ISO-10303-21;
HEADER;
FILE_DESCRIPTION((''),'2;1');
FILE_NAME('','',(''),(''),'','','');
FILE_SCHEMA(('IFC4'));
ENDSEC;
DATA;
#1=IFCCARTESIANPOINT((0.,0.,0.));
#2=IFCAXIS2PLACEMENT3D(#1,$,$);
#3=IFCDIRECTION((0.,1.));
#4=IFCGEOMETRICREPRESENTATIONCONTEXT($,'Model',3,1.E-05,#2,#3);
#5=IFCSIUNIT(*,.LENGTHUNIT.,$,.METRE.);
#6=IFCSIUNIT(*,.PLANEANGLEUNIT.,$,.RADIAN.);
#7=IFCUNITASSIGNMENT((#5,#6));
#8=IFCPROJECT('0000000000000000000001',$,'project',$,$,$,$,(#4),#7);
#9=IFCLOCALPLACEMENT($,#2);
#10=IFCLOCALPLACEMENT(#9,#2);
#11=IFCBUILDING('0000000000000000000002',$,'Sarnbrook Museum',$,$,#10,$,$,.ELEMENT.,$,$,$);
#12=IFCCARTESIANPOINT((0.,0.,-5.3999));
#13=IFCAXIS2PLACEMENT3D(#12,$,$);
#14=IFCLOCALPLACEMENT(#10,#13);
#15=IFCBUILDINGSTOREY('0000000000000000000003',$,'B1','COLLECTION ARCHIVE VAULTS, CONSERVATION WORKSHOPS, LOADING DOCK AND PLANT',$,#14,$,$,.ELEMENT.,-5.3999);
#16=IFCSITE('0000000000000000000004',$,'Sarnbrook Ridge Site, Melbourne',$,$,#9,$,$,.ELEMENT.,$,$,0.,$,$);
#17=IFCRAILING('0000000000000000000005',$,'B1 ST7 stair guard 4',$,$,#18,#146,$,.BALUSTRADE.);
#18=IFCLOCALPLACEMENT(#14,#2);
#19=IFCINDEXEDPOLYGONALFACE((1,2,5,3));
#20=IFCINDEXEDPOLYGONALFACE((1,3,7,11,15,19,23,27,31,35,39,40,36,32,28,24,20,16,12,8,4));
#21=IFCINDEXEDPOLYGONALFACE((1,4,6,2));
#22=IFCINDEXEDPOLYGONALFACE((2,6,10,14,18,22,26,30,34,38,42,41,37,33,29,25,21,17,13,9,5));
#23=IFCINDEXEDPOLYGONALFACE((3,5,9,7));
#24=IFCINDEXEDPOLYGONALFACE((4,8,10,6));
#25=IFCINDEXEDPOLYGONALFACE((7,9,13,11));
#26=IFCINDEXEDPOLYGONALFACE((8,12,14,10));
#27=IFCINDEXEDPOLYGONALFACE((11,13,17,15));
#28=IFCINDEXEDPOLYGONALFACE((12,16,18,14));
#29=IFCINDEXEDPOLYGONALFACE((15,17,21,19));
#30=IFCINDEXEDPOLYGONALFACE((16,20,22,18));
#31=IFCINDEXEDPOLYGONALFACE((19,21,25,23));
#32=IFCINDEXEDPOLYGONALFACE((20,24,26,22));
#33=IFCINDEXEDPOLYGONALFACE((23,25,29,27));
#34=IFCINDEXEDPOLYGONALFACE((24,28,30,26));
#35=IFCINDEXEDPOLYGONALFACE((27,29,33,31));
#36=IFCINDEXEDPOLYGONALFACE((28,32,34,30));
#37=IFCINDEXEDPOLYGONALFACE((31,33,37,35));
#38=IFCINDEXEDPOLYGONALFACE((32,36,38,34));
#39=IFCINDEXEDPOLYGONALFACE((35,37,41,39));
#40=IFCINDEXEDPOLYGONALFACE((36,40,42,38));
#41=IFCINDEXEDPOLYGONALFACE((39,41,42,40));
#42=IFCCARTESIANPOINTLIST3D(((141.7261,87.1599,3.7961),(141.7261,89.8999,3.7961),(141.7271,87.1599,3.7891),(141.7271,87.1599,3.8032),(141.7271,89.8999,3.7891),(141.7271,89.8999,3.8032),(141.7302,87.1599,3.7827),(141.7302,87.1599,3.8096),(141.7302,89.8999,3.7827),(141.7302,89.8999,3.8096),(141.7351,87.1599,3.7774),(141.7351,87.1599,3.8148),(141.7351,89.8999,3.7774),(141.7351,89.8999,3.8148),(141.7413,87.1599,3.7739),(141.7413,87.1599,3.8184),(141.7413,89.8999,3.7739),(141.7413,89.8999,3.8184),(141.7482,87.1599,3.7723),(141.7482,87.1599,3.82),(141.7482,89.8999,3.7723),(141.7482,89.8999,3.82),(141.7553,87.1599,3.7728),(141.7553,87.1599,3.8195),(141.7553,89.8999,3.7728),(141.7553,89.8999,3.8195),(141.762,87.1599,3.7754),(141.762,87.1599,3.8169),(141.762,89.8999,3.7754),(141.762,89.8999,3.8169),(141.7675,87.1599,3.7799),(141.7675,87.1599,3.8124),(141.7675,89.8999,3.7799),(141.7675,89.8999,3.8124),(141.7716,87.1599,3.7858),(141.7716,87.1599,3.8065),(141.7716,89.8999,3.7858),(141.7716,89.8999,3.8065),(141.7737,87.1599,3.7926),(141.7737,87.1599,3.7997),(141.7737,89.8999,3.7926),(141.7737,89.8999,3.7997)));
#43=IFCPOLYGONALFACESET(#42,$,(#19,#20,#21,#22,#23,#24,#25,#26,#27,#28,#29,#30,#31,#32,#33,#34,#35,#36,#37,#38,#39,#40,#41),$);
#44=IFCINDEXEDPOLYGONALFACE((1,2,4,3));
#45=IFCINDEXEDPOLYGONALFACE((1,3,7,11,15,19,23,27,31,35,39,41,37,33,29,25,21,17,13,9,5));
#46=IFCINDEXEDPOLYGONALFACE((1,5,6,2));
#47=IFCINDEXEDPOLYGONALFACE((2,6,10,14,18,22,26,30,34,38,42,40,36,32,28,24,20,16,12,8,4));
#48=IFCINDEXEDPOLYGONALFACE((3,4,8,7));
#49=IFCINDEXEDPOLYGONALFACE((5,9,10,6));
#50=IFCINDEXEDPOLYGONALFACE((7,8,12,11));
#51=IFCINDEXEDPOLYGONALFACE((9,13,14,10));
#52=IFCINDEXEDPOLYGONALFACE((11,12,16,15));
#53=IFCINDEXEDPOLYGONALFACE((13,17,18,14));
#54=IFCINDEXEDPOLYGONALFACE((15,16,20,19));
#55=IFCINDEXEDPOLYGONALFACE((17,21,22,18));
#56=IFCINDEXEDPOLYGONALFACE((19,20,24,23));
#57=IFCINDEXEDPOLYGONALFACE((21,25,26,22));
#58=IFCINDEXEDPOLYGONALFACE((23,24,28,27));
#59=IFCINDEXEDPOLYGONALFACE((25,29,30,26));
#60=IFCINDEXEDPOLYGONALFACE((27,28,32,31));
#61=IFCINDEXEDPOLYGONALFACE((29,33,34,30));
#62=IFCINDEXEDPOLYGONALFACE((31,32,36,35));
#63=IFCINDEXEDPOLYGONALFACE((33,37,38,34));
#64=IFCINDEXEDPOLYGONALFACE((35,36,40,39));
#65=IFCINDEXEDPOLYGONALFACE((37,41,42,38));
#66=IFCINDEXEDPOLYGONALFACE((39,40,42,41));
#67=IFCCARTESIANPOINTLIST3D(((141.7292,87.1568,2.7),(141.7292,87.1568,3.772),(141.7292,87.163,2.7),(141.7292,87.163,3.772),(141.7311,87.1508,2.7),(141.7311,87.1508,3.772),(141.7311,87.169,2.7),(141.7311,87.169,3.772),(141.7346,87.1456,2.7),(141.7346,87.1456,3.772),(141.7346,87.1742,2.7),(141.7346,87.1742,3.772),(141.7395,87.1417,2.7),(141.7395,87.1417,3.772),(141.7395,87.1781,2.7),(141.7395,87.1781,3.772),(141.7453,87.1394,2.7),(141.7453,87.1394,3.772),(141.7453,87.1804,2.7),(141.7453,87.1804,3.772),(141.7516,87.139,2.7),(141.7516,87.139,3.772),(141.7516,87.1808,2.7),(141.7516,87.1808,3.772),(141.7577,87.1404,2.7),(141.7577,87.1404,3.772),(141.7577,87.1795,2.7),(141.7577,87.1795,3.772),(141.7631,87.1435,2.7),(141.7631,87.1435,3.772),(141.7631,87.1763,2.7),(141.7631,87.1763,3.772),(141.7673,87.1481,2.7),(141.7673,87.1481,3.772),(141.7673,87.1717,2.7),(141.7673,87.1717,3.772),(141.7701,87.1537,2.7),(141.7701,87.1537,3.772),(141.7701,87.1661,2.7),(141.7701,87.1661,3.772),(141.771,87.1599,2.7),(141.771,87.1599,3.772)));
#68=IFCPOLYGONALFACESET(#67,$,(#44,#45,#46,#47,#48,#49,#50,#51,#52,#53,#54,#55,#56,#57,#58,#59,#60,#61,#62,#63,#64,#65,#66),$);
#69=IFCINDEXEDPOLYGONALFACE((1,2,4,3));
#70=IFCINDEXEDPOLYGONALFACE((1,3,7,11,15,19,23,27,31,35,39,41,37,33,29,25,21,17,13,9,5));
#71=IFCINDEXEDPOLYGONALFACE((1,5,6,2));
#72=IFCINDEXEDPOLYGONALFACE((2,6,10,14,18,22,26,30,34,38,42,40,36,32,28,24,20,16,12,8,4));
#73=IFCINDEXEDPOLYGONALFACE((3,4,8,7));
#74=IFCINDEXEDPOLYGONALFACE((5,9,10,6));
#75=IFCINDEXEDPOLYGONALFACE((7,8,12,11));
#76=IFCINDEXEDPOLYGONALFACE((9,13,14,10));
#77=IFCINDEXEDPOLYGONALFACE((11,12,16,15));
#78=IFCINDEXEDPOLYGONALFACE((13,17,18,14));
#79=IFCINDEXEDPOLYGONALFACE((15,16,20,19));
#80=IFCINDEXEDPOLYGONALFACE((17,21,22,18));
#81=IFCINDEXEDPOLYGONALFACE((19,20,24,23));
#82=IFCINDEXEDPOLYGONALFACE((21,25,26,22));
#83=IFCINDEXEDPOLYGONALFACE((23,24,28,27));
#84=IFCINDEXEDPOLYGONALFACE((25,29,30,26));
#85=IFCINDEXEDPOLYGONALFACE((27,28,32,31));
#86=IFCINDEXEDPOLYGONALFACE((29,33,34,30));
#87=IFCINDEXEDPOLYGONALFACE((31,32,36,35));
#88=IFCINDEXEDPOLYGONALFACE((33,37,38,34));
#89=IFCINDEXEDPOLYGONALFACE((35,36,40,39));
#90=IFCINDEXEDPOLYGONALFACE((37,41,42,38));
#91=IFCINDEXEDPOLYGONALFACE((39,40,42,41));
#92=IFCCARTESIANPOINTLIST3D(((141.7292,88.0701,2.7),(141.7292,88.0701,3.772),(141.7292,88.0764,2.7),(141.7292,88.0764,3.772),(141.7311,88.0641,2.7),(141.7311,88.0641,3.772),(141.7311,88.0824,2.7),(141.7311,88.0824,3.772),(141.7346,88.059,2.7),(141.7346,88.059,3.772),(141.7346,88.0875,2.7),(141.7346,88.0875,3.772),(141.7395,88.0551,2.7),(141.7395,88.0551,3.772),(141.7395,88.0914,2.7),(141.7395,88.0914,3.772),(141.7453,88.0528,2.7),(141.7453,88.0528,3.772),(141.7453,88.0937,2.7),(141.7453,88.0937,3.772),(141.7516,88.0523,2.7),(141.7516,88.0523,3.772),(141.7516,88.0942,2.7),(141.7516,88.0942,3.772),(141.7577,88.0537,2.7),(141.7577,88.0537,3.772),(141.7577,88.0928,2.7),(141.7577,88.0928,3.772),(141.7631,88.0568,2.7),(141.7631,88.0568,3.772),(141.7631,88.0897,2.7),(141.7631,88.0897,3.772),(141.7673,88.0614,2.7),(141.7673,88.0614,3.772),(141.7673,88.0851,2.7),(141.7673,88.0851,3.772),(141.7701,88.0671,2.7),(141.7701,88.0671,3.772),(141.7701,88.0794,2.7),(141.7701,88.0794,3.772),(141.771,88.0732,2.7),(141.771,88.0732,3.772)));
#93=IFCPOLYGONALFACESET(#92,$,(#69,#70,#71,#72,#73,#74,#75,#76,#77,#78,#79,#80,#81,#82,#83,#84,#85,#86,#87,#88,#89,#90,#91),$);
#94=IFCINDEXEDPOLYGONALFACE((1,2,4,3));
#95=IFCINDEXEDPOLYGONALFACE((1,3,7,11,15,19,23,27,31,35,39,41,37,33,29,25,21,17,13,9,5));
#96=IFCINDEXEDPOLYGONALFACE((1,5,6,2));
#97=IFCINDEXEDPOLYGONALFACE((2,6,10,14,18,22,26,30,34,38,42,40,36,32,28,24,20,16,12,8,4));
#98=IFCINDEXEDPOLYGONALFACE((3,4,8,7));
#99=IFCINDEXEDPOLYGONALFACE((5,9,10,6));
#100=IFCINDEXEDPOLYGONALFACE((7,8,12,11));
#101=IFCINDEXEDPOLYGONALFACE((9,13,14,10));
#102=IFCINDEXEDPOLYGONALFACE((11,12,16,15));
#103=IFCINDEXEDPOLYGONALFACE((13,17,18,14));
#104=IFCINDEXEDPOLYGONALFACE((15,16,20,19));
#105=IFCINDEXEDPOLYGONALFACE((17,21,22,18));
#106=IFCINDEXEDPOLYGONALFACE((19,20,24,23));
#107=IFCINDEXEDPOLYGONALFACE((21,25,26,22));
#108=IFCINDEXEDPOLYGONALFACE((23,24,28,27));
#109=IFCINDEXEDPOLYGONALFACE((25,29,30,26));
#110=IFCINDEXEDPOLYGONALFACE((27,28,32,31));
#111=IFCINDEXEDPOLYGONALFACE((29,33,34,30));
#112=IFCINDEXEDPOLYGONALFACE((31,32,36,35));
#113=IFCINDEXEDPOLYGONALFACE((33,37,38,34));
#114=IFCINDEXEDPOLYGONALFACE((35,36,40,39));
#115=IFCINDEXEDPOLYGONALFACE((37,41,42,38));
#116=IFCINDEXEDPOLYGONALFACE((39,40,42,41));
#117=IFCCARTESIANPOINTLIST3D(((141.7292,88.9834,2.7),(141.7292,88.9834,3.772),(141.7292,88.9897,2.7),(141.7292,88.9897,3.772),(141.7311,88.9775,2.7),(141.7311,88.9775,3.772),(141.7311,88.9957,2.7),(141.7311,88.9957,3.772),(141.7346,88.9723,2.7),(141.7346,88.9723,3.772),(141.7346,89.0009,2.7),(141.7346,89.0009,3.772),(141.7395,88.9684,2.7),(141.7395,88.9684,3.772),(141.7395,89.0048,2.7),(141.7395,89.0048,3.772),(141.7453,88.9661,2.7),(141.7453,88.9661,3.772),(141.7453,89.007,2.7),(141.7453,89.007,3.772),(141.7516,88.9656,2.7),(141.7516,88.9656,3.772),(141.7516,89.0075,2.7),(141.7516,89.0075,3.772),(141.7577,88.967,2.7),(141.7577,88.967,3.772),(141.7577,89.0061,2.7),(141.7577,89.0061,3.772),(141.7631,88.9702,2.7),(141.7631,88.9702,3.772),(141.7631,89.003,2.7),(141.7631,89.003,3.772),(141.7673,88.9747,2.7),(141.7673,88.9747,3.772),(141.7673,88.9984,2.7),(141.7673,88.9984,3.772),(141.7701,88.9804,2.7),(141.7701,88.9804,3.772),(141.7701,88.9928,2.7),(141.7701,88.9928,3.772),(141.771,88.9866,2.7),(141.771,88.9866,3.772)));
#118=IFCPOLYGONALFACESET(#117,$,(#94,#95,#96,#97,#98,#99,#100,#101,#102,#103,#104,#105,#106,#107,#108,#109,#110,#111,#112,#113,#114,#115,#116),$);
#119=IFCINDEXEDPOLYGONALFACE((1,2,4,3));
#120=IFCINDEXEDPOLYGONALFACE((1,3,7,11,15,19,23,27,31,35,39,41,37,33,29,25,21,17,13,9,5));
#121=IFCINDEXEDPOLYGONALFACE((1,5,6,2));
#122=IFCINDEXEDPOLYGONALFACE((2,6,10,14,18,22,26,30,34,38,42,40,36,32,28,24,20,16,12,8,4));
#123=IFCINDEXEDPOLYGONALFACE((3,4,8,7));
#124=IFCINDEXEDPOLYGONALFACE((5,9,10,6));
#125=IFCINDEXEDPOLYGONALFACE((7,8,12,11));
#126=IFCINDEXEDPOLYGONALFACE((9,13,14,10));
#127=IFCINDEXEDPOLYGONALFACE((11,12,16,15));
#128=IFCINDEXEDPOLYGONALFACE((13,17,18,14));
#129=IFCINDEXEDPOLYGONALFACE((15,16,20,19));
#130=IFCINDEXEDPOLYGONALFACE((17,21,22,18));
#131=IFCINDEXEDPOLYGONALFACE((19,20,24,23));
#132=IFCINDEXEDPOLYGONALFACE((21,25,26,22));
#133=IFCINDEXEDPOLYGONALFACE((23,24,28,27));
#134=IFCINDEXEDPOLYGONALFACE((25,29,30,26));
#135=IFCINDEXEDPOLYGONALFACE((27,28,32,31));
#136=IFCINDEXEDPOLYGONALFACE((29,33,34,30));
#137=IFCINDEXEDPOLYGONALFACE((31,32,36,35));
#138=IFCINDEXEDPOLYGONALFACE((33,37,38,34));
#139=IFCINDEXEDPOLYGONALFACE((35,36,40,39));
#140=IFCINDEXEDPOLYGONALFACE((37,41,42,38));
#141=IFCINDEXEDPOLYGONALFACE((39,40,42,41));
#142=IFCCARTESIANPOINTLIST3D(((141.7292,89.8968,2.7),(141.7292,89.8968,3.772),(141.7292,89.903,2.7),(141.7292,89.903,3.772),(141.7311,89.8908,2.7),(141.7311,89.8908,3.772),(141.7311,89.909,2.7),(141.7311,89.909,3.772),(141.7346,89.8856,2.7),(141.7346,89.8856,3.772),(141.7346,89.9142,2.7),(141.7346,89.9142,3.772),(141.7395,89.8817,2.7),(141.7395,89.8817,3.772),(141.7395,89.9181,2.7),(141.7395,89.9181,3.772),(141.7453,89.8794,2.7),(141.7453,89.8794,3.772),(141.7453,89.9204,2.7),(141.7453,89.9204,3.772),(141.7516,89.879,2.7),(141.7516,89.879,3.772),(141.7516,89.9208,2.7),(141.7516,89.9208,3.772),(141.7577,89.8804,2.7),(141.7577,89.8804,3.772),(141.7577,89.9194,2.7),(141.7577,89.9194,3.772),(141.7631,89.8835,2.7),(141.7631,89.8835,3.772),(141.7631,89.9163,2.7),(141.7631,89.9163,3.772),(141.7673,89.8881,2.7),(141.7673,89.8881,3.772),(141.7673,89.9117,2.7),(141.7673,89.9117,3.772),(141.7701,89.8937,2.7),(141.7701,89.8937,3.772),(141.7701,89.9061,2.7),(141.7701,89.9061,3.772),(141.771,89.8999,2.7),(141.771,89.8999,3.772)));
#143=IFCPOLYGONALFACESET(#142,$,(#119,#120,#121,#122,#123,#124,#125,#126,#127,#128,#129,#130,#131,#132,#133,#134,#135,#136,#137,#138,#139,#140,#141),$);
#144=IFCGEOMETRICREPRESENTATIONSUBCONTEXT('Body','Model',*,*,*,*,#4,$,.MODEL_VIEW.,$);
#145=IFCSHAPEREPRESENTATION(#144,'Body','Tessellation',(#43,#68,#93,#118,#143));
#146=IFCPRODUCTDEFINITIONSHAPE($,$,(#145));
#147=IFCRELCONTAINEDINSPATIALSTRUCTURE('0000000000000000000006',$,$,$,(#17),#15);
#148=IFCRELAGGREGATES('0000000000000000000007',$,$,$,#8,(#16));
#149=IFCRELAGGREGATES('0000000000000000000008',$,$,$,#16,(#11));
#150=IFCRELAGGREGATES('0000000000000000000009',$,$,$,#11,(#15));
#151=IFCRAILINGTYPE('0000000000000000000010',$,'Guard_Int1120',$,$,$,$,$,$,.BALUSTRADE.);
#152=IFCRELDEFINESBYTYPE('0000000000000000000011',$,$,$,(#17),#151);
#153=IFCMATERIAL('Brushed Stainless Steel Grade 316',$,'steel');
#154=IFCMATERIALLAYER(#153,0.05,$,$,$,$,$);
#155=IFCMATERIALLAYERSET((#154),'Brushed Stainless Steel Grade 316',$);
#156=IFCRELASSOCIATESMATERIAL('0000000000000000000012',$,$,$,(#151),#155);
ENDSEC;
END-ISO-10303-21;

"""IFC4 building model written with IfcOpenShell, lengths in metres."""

from ifc_helpers import new_model, si_unit, direction, frame, origin, origin_2d, place, context, subcontext, project, spatial, circle, extrude, material, layer, layer_set, type_object, element, save


model = new_model("IFC4")

# Units and contexts
model_context = context("Model", 3, precision=1e-05, world=origin(), true_north=direction((0.0, 1.0)))
body_context = subcontext(model_context, "Body", "Model", "MODEL_VIEW")
ifc_project = project(units=[si_unit("LENGTHUNIT", "METRE"), si_unit("PLANEANGLEUNIT", "RADIAN")], contexts=[model_context])

# Site, building, storey
site_placement = place(None, origin())
site = spatial("IfcSite", under=ifc_project, at=site_placement, Name="Sarnbrook Ridge Site, Melbourne", CompositionType="ELEMENT", RefElevation=0.0)
building_placement = place(site_placement, origin())
building = spatial("IfcBuilding", under=site, at=building_placement, Name="Sarnbrook Museum", CompositionType="ELEMENT")
storey_placement = place(building_placement, frame((0.0, 0.0, -5.3999)))
storey = spatial("IfcBuildingStorey", under=building, at=storey_placement, Name="B1", Description="COLLECTION ARCHIVE VAULTS, CONSERVATION WORKSHOPS, LOADING DOCK AND PLANT", CompositionType="ELEMENT", Elevation=-5.3999)

# Railing
ifc_material_1 = material(Name="Brushed Stainless Steel Grade 316", Category="steel")
ifc_layer_1 = layer(ifc_material_1, 0.05)
ifc_layer_set_1 = layer_set([ifc_layer_1], Name="Brushed Stainless Steel Grade 316")
railing_type_1 = type_object("IfcRailingType", Name="Guard_Int1120", PredefinedType="BALUSTRADE", material=ifc_layer_set_1)
for number, where, name in (
    (1, (141.75, 87.1599, 2.7), "B1 ST7 stair guard 4"),
):
    element("IfcRailing", number, at=place(storey_placement, frame(where)), inside=storey, type_object=railing_type_1, Name=name, PredefinedType="BALUSTRADE", context=body_context, shape_type="SweptSolid", body=[
        extrude(circle(Radius=0.0239, at=origin_2d()), frame((0.0, 0.0, 1.0962), z_axis=(0.0, 1.0, 0.0), x_axis=(-1.0, 0.0, 0.0)), (0.0, 0.0, 1.0), 2.74),
        extrude(circle(Radius=0.021, at=origin_2d()), origin(), (0.0, 0.0, 1.0), 1.072),
        extrude(circle(Radius=0.021, at=origin_2d()), frame((0.0, 0.9133, 0.0)), (0.0, 0.0, 1.0), 1.072),
        extrude(circle(Radius=0.021, at=origin_2d()), frame((0.0, 1.8267, 0.0)), (0.0, 0.0, 1.0), 1.072),
        extrude(circle(Radius=0.021, at=origin_2d()), frame((0.0, 2.74, 0.0)), (0.0, 0.0, 1.0), 1.072),
    ])

save(model, "model.ifc")
